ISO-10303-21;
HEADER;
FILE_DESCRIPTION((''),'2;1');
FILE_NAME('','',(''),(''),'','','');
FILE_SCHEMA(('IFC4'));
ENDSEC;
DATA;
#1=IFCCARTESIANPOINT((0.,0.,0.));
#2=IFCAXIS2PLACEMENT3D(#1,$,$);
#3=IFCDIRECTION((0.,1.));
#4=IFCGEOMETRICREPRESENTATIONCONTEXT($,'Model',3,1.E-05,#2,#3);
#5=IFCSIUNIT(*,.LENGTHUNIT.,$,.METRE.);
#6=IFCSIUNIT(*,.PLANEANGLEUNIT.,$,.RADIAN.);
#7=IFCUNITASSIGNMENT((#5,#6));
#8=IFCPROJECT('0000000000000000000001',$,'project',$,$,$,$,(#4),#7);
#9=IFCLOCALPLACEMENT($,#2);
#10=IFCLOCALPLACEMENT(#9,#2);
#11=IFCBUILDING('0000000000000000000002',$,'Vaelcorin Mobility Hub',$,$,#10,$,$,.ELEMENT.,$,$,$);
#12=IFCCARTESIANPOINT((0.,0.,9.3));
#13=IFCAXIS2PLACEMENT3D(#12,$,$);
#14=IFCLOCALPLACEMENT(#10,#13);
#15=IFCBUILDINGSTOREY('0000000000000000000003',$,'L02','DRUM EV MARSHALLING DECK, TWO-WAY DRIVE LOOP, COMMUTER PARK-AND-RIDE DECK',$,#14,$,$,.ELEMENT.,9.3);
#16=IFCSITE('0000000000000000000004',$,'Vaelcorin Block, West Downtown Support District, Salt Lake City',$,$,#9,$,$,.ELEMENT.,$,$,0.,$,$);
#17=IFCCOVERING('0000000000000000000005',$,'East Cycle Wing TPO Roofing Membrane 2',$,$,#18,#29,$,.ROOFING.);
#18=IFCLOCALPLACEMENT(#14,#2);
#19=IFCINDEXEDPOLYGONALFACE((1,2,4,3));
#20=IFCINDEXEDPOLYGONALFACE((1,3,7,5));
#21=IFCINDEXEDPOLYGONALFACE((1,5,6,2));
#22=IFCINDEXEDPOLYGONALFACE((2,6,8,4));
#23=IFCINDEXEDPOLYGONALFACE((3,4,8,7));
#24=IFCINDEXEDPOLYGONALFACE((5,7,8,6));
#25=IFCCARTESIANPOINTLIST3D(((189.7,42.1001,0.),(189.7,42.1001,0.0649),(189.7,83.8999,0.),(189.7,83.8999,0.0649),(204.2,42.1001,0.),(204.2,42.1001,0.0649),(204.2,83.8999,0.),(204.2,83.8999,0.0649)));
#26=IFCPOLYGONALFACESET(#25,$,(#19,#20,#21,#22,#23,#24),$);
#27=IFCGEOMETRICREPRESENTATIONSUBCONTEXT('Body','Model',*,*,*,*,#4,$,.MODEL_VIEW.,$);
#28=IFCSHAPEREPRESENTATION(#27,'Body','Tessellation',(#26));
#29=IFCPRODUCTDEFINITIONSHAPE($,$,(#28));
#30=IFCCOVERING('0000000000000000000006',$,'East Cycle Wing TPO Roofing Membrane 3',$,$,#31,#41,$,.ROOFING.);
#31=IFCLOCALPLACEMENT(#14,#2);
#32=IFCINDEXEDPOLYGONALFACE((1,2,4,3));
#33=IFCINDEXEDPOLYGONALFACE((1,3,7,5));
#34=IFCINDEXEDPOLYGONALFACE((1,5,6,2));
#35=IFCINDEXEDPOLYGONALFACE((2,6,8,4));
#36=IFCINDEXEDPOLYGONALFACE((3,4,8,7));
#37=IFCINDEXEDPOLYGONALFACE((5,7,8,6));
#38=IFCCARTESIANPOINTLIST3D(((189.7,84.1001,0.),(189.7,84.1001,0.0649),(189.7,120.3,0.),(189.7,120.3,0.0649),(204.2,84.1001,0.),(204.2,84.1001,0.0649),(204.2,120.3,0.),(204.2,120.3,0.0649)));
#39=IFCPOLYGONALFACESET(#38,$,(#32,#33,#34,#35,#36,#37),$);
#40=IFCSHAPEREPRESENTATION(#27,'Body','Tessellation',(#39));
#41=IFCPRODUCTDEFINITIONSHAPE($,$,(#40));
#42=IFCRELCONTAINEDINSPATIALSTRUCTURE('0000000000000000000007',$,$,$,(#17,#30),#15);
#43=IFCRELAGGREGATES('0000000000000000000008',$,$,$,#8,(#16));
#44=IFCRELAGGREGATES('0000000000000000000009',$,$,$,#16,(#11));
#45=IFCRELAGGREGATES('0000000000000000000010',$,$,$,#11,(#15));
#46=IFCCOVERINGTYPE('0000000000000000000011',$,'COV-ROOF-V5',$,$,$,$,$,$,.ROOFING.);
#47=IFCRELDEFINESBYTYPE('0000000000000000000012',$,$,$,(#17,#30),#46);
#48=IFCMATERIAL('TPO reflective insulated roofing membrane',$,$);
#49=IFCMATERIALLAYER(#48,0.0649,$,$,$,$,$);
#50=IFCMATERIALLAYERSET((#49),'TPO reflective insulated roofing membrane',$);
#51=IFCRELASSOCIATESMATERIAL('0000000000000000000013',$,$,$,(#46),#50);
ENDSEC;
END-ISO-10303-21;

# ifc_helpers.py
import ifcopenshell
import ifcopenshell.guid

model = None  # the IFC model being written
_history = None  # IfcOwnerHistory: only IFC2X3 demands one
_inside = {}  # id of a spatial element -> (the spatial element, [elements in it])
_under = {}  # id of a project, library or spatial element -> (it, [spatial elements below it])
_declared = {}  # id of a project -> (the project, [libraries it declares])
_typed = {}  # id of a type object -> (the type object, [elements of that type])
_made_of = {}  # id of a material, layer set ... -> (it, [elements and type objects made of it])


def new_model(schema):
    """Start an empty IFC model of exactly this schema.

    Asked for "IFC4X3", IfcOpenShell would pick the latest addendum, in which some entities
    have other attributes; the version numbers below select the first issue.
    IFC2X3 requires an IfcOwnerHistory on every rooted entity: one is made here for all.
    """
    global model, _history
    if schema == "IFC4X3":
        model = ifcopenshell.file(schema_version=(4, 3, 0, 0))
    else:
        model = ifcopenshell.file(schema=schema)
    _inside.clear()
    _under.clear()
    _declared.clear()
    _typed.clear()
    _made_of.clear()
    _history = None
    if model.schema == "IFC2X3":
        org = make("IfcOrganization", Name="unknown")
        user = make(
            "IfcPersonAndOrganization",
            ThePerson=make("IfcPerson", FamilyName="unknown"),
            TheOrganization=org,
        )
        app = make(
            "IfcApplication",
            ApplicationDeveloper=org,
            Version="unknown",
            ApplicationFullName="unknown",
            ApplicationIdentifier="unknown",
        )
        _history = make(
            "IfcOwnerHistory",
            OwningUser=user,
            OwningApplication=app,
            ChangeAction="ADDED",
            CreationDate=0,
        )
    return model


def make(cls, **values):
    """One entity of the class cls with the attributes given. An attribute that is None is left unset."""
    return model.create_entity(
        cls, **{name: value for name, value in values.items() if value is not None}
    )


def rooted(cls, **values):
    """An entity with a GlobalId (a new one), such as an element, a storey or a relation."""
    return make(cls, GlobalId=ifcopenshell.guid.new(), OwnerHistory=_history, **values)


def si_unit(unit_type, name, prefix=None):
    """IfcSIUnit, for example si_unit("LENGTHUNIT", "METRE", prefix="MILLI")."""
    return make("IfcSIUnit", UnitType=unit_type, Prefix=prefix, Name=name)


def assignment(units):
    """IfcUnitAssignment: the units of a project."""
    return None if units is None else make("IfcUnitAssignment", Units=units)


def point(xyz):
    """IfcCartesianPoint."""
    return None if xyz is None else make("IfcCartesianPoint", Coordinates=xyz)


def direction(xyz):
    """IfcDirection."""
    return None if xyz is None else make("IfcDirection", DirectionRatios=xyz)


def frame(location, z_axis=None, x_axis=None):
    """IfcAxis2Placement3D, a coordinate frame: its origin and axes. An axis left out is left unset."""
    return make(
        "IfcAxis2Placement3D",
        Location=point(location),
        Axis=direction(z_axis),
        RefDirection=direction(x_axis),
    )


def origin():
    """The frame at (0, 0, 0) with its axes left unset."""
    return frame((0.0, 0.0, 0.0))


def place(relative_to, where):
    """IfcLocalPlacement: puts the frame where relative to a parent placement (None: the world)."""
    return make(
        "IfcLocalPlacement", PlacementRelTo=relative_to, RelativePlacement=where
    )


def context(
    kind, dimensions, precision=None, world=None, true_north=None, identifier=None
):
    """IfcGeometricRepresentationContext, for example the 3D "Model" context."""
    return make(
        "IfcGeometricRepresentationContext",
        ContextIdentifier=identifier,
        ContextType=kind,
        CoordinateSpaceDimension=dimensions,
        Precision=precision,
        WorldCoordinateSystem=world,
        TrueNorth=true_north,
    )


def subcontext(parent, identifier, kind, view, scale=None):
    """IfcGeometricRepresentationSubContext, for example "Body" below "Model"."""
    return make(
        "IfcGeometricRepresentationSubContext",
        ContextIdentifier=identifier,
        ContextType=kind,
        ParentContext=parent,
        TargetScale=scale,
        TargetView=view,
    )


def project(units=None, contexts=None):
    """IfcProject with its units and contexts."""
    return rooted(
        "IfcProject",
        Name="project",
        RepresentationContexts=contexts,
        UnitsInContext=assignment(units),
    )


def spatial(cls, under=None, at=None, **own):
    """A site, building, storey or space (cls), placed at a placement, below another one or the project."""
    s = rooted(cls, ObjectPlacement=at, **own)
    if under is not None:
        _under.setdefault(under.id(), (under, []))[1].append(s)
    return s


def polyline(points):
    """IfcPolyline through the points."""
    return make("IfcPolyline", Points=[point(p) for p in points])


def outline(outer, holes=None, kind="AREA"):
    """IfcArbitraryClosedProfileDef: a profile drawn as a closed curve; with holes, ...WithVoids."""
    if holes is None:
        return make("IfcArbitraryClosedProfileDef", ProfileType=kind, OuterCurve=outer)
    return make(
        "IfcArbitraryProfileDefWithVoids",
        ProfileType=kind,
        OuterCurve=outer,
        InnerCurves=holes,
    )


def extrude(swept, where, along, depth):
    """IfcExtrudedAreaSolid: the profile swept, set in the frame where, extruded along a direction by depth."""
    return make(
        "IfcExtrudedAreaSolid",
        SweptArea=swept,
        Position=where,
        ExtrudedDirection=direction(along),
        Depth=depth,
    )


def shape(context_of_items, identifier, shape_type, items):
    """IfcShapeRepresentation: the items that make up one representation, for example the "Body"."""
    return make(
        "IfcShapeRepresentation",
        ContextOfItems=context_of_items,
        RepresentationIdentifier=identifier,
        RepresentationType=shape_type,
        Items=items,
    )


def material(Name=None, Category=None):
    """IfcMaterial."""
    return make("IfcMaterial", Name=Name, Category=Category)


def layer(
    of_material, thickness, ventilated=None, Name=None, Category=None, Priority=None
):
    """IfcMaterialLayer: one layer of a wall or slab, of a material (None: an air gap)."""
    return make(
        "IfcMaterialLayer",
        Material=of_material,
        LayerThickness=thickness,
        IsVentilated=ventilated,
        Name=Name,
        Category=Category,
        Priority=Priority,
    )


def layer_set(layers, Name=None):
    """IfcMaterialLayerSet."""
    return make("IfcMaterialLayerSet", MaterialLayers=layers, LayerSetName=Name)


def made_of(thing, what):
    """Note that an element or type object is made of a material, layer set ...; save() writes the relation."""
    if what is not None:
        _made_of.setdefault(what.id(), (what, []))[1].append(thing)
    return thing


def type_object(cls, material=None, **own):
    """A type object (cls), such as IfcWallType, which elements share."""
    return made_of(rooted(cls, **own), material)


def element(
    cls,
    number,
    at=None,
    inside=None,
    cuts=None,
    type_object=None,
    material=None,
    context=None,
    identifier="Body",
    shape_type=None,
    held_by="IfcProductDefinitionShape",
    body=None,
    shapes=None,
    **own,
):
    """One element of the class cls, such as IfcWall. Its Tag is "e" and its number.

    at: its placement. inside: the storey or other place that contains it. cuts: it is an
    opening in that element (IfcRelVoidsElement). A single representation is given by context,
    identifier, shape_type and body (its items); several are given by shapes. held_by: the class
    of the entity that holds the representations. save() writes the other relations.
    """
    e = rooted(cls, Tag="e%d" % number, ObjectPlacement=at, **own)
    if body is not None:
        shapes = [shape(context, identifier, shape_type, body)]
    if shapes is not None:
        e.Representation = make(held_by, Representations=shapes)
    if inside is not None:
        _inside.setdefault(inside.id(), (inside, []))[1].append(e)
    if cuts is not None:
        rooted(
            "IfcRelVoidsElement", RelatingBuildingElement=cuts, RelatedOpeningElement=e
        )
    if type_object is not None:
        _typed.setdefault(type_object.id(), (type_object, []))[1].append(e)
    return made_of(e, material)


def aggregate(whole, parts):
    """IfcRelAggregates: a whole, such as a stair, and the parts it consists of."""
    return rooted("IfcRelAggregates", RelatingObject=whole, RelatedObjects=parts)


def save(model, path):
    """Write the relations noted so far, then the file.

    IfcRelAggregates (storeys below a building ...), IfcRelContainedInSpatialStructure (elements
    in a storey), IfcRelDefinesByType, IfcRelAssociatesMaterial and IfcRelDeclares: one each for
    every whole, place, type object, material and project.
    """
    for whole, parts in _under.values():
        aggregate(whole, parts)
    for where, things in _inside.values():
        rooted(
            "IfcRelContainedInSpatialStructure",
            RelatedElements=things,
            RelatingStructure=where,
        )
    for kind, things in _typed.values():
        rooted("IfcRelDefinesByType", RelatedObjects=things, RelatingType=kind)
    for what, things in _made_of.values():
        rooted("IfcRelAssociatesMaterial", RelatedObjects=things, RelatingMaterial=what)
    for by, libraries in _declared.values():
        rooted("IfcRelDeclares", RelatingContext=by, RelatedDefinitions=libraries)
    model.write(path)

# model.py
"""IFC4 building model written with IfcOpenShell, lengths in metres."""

from ifc_helpers import new_model, si_unit, direction, frame, origin, place, context, subcontext, project, spatial, polyline, outline, extrude, material, layer, layer_set, type_object, element, save


model = new_model("IFC4")

# Units and contexts
model_context = context("Model", 3, precision=1e-05, world=origin(), true_north=direction((0.0, 1.0)))
body_context = subcontext(model_context, "Body", "Model", "MODEL_VIEW")
ifc_project = project(units=[si_unit("LENGTHUNIT", "METRE"), si_unit("PLANEANGLEUNIT", "RADIAN")], contexts=[model_context])

# Site, building, storey
site_placement = place(None, origin())
site = spatial("IfcSite", under=ifc_project, at=site_placement, Name="Vaelcorin Block, West Downtown Support District, Salt Lake City", CompositionType="ELEMENT", RefElevation=0.0)
building_placement = place(site_placement, origin())
building = spatial("IfcBuilding", under=site, at=building_placement, Name="Vaelcorin Mobility Hub", CompositionType="ELEMENT")
storey_placement = place(building_placement, frame((0.0, 0.0, 9.3)))
storey = spatial("IfcBuildingStorey", under=building, at=storey_placement, Name="L02", Description="DRUM EV MARSHALLING DECK, TWO-WAY DRIVE LOOP, COMMUTER PARK-AND-RIDE DECK", CompositionType="ELEMENT", Elevation=9.3)

# Coverings
ifc_material_1 = material(Name="TPO reflective insulated roofing membrane")
ifc_layer_1 = layer(ifc_material_1, 0.0649)
ifc_layer_set_1 = layer_set([ifc_layer_1], Name="TPO reflective insulated roofing membrane")
covering_type_1 = type_object("IfcCoveringType", Name="COV-ROOF-V5", PredefinedType="ROOFING", material=ifc_layer_set_1)
covering_1_placement = place(storey_placement, origin())
element("IfcCovering", 1, at=covering_1_placement, inside=storey, type_object=covering_type_1, Name="East Cycle Wing TPO Roofing Membrane 2", PredefinedType="ROOFING", context=body_context, shape_type="SweptSolid", body=[
    extrude(outline(polyline([(189.7, 42.1001), (204.2, 42.1001), (204.2, 83.8999), (189.7, 83.8999), (189.7, 42.1001)])), origin(), (0.0, 0.0, 1.0), 0.0649),
])
covering_2_placement = place(storey_placement, origin())
element("IfcCovering", 2, at=covering_2_placement, inside=storey, type_object=covering_type_1, Name="East Cycle Wing TPO Roofing Membrane 3", PredefinedType="ROOFING", context=body_context, shape_type="SweptSolid", body=[
    extrude(outline(polyline([(189.7, 84.1001), (204.2, 84.1001), (204.2, 120.3), (189.7, 120.3), (189.7, 84.1001)])), origin(), (0.0, 0.0, 1.0), 0.0649),
])

save(model, "model.ifc")
